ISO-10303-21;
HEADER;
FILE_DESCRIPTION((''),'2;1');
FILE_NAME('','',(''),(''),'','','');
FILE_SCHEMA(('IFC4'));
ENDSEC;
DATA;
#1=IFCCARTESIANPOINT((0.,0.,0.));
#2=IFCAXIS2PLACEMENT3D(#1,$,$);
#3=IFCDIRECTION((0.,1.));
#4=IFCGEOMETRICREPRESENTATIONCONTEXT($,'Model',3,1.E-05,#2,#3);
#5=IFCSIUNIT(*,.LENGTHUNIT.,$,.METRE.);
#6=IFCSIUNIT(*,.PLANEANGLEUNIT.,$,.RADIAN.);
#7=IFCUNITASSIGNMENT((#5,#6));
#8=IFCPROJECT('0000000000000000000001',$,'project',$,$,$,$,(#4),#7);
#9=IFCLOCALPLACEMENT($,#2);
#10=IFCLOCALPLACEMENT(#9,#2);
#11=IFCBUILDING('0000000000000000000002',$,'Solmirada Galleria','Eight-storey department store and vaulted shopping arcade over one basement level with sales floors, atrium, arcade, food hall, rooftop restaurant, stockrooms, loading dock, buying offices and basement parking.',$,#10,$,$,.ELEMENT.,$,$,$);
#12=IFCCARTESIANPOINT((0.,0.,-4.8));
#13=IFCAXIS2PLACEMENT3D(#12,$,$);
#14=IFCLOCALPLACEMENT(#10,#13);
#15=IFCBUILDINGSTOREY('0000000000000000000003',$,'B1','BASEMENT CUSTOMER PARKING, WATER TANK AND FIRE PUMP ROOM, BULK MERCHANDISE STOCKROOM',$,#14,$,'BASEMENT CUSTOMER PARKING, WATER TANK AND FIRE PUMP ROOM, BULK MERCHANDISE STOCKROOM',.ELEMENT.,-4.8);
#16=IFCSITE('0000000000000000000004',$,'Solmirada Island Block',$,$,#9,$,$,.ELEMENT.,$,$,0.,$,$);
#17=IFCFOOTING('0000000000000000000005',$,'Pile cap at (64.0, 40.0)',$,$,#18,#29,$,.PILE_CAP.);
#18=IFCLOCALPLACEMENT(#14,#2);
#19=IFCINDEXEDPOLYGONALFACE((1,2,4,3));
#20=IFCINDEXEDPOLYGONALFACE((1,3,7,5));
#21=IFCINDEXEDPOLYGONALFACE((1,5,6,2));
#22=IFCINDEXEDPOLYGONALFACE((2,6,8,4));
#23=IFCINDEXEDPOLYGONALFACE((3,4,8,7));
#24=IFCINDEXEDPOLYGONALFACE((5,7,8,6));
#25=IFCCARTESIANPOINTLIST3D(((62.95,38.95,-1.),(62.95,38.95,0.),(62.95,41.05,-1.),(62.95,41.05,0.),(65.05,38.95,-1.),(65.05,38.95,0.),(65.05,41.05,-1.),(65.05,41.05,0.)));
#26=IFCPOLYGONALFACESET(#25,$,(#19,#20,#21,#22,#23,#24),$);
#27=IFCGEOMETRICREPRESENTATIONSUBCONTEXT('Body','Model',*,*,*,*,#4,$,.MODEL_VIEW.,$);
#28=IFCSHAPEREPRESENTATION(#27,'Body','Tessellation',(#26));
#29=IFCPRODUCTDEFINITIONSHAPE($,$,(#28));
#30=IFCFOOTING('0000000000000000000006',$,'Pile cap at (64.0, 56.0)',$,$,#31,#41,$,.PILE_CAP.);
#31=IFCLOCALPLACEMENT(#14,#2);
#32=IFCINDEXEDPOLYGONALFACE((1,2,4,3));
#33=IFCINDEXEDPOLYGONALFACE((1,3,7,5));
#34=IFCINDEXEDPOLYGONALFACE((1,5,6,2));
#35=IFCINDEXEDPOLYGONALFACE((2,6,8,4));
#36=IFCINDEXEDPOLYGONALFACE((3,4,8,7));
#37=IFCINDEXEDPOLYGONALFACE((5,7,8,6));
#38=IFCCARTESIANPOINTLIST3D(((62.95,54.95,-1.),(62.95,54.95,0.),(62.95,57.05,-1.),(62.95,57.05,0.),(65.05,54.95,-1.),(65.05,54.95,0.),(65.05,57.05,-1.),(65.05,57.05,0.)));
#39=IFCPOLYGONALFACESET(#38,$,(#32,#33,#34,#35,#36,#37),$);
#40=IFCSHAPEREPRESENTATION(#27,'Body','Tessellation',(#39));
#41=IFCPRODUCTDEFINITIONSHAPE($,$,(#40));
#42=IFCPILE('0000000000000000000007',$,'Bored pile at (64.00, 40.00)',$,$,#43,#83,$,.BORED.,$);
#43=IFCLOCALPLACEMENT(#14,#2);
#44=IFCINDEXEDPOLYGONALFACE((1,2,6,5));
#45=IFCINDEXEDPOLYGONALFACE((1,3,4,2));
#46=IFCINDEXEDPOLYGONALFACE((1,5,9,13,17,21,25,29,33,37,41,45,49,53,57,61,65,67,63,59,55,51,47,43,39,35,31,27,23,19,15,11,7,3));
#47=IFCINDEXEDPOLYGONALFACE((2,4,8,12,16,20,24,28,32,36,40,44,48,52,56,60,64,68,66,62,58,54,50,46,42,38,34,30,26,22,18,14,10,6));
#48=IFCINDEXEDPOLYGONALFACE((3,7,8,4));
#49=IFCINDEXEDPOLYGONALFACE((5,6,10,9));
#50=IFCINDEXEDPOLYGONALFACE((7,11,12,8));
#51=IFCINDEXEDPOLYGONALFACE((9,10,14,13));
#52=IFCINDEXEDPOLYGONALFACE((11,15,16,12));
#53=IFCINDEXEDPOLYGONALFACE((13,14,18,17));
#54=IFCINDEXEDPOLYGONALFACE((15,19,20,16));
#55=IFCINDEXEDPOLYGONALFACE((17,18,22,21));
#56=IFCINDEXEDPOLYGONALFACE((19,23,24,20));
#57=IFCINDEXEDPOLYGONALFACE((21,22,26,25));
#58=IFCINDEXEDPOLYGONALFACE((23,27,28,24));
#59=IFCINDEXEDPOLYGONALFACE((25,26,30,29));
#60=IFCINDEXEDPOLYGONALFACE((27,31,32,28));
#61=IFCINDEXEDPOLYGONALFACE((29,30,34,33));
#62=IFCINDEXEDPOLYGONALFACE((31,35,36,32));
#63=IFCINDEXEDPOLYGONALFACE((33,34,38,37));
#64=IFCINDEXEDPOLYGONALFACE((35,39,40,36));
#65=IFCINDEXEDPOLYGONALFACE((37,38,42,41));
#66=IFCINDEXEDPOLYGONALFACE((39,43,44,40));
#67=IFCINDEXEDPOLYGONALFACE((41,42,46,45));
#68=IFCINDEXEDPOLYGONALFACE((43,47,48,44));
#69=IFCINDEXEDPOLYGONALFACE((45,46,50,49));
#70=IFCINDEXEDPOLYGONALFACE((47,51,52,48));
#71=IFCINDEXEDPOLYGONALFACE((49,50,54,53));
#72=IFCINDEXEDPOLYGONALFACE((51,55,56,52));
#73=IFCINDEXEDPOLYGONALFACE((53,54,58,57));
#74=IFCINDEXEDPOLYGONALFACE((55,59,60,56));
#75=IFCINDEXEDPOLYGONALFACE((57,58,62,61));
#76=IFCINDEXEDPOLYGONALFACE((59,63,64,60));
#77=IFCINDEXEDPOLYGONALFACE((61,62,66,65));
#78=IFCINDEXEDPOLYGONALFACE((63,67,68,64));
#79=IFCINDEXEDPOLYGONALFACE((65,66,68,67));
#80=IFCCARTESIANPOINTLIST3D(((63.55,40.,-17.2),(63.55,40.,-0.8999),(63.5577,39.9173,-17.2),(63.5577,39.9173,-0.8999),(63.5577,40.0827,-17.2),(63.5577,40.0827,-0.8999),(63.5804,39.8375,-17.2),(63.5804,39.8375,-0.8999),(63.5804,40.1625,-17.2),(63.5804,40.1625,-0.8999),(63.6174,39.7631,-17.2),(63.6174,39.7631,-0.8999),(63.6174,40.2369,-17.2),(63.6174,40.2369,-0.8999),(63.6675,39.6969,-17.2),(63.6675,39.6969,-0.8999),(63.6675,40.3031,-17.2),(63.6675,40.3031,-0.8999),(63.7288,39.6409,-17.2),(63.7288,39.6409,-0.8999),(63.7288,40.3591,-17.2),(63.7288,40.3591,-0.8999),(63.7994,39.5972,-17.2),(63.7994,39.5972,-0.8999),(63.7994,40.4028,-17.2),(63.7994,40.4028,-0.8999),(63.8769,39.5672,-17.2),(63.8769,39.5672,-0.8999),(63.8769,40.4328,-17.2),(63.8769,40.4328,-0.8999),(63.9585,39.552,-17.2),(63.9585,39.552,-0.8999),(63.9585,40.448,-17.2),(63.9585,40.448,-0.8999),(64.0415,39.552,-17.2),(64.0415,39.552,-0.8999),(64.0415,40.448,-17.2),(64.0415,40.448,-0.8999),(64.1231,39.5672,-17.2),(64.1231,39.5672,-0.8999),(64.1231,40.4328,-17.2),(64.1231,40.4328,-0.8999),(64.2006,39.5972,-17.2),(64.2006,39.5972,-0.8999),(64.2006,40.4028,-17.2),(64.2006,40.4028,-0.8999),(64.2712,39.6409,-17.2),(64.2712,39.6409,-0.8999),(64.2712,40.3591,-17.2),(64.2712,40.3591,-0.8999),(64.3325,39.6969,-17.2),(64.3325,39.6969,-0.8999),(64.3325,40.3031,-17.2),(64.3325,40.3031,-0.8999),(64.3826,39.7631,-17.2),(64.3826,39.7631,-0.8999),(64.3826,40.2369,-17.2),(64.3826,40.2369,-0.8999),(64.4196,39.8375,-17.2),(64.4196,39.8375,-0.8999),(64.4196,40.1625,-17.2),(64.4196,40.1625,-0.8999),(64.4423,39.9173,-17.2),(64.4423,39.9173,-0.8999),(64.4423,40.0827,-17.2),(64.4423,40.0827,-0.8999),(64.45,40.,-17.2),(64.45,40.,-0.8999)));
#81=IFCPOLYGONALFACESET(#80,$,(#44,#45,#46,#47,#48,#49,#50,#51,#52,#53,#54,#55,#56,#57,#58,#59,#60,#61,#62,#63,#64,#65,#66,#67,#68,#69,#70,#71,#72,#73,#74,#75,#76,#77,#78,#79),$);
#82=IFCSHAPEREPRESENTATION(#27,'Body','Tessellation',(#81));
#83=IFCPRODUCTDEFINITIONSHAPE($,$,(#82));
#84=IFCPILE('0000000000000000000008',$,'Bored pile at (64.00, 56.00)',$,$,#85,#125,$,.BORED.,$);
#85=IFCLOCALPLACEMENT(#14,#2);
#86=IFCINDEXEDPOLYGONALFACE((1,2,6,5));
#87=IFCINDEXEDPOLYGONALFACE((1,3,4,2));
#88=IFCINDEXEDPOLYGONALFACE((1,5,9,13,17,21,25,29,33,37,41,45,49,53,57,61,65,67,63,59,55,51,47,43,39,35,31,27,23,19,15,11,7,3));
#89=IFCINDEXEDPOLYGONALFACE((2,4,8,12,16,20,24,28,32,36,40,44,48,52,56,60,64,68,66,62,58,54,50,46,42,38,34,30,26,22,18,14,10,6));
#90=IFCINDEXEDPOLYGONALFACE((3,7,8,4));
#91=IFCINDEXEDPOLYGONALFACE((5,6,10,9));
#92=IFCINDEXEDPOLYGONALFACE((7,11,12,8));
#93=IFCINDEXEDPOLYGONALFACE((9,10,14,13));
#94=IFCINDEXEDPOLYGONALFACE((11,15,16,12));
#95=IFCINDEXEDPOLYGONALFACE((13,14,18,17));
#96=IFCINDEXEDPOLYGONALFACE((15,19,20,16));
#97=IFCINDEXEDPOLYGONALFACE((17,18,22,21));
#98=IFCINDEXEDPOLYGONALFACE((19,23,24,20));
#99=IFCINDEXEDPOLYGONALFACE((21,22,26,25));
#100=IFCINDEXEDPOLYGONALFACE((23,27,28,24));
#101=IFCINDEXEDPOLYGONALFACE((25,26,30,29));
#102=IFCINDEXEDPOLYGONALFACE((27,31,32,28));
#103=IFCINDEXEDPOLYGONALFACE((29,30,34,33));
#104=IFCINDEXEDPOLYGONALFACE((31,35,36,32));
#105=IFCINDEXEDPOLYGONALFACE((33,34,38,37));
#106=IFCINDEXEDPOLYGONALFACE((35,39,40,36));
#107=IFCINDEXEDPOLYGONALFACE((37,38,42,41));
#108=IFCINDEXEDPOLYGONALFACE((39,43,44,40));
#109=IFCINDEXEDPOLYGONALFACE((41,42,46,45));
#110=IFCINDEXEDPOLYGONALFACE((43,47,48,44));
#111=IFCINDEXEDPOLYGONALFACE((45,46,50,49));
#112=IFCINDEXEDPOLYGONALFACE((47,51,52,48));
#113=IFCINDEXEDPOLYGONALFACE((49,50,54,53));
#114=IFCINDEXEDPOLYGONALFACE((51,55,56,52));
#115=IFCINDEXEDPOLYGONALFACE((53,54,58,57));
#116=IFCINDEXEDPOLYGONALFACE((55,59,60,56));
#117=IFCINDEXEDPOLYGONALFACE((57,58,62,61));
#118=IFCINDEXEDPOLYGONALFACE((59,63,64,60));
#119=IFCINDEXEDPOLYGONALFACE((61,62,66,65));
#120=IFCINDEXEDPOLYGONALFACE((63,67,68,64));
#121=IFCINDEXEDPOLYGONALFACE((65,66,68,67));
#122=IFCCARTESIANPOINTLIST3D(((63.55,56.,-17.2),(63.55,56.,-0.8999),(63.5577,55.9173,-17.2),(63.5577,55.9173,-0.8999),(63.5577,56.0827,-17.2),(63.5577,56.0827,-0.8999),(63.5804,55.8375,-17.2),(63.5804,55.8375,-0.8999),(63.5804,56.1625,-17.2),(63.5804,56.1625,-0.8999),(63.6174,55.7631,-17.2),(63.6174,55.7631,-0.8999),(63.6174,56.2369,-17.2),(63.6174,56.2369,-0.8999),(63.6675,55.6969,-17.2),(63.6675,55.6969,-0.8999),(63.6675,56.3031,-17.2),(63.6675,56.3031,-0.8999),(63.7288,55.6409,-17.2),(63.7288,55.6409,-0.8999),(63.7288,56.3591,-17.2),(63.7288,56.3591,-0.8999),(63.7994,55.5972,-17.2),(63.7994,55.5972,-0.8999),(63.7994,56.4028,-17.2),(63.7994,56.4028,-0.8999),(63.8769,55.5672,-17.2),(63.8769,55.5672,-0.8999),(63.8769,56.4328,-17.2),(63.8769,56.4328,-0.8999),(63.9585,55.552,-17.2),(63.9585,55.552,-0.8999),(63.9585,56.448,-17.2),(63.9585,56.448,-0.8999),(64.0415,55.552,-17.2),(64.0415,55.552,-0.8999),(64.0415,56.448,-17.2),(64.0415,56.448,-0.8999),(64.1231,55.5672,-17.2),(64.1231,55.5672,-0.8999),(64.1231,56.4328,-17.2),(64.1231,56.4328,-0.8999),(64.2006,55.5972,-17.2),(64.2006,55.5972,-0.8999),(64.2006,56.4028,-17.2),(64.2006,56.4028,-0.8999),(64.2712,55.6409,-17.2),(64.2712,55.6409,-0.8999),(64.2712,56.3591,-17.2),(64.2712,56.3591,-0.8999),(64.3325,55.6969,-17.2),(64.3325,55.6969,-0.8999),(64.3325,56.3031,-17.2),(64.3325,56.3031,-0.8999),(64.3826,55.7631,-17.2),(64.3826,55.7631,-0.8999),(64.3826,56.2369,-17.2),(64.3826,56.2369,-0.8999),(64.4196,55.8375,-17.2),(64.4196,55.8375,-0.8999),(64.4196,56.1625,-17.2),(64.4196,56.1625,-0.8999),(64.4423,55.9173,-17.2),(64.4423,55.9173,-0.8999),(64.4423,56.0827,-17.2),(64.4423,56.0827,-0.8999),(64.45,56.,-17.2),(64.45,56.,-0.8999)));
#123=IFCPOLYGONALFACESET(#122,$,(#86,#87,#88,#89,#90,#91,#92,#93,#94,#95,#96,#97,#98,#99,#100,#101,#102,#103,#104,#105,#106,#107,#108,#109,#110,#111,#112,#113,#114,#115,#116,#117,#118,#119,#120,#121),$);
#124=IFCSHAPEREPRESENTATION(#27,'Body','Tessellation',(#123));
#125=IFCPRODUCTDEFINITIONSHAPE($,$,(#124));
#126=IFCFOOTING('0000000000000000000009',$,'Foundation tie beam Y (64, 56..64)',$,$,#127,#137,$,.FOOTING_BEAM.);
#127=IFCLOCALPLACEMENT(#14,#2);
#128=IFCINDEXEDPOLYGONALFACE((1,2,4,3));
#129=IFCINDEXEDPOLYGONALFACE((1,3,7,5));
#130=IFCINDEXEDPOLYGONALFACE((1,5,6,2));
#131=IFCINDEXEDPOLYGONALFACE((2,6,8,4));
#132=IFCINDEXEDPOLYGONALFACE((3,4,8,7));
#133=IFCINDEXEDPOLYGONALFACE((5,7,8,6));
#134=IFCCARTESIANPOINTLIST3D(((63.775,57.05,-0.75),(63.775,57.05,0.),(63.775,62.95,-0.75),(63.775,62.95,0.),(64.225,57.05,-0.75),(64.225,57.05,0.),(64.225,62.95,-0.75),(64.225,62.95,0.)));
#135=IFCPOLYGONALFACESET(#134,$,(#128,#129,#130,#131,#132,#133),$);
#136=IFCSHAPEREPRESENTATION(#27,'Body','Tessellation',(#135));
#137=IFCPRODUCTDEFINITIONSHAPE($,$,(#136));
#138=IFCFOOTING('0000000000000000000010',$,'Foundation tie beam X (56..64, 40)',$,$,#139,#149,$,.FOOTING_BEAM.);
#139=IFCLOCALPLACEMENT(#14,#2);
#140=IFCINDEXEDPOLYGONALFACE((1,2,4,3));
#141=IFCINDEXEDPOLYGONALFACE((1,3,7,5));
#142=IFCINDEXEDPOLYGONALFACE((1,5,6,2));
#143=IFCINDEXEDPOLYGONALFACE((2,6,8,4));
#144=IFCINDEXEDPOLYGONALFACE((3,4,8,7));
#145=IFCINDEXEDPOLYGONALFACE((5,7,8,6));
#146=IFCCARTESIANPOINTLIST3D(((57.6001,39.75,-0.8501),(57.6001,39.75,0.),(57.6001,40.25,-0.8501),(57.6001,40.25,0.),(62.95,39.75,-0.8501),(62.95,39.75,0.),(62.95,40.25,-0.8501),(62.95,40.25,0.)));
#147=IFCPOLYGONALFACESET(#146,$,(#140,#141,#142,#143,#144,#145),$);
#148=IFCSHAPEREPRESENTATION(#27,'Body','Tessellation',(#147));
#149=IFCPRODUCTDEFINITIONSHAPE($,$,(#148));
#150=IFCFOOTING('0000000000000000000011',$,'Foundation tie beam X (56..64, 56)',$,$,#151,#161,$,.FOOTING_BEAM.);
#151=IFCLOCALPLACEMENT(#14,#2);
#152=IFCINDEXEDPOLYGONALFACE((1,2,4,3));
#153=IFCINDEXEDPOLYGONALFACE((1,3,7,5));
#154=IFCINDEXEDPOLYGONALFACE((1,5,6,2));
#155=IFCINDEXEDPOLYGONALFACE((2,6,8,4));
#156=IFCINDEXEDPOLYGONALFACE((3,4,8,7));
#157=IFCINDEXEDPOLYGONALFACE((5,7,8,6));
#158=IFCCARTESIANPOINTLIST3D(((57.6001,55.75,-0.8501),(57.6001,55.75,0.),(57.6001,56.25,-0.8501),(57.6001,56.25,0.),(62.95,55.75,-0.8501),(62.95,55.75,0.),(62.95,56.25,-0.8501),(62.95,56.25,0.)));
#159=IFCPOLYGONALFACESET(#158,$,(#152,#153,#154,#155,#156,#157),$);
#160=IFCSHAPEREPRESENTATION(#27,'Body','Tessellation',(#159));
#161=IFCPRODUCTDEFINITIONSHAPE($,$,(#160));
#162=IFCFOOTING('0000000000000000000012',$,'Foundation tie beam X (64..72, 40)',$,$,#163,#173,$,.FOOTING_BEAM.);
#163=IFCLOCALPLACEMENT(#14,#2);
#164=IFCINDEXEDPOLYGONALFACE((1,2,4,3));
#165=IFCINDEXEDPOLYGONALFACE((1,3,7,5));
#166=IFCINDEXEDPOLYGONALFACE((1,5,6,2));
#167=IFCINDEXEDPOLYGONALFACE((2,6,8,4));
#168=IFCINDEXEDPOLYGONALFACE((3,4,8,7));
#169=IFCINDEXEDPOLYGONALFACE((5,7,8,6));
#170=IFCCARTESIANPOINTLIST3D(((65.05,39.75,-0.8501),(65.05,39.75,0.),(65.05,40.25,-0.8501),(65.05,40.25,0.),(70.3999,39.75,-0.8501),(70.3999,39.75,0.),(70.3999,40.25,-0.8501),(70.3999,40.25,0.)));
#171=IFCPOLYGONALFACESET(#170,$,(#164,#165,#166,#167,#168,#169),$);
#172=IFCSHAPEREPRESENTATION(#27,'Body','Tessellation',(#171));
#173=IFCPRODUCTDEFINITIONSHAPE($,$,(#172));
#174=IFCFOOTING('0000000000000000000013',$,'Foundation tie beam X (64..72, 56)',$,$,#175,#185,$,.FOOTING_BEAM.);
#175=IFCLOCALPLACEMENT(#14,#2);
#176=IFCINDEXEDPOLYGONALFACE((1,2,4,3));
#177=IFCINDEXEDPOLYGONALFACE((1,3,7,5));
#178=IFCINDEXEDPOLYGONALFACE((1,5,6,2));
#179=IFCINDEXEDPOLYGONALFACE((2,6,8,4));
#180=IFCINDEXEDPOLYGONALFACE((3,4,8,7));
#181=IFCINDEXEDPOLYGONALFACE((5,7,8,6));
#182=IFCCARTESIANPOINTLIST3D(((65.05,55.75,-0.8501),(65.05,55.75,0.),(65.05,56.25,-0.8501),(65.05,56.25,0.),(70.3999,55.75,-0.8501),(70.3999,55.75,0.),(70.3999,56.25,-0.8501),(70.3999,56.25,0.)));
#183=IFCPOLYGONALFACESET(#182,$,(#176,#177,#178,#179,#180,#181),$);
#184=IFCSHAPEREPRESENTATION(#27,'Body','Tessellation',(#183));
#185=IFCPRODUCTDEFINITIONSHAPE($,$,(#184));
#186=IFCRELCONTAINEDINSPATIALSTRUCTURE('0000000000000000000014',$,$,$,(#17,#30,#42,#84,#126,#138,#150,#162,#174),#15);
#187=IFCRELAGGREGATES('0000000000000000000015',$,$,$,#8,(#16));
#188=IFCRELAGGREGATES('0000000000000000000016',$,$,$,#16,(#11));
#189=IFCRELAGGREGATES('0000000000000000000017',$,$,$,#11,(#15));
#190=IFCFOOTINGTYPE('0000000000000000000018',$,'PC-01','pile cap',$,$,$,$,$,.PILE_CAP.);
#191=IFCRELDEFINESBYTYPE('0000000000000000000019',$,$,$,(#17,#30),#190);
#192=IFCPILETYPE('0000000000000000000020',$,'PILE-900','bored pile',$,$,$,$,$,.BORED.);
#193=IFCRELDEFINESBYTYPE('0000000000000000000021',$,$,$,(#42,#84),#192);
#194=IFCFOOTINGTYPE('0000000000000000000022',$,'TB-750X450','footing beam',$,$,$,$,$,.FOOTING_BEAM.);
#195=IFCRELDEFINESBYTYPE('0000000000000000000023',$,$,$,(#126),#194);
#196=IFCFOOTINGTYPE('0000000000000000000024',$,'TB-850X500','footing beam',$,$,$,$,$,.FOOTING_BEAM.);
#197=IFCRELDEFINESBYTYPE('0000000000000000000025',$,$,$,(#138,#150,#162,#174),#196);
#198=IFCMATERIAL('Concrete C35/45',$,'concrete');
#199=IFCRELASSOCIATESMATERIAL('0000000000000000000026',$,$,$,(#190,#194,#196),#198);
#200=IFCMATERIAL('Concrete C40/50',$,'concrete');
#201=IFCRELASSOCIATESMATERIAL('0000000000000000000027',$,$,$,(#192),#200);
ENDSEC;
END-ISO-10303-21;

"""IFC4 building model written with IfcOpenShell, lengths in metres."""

from ifc_helpers import new_model, si_unit, direction, frame, origin, origin_2d, place, context, subcontext, project, spatial, rectangle, circle, extrude, material, material_profile, profile_set, type_object, element, save


model = new_model("IFC4")

# Units and contexts
model_context = context("Model", 3, precision=1e-05, world=origin(), true_north=direction((0.0, 1.0)))
body_context = subcontext(model_context, "Body", "Model", "MODEL_VIEW")
ifc_project = project(units=[si_unit("LENGTHUNIT", "METRE"), si_unit("PLANEANGLEUNIT", "RADIAN")], contexts=[model_context])

# Site, building, storey
site_placement = place(None, origin())
site = spatial("IfcSite", under=ifc_project, at=site_placement, Name="Solmirada Island Block", CompositionType="ELEMENT", RefElevation=0.0)
building_placement = place(site_placement, origin())
building = spatial("IfcBuilding", under=site, at=building_placement, Name="Solmirada Galleria", Description="Eight-storey department store and vaulted shopping arcade over one basement level with sales floors, atrium, arcade, food hall, rooftop restaurant, stockrooms, loading dock, buying offices and basement parking.", CompositionType="ELEMENT")
storey_placement = place(building_placement, frame((0.0, 0.0, -4.8)))
storey = spatial("IfcBuildingStorey", under=building, at=storey_placement, Name="B1", Description="BASEMENT CUSTOMER PARKING, WATER TANK AND FIRE PUMP ROOM, BULK MERCHANDISE STOCKROOM", LongName="BASEMENT CUSTOMER PARKING, WATER TANK AND FIRE PUMP ROOM, BULK MERCHANDISE STOCKROOM", CompositionType="ELEMENT", Elevation=-4.8)

# Footings
ifc_material_1 = material(Name="Concrete C35/45", Category="concrete")
footing_type_1 = type_object("IfcFootingType", Name="PC-01", Description="pile cap", PredefinedType="PILE_CAP", material=ifc_material_1)
for number, where, z_axis, x_axis, name in (
    (1, (64.0, 40.0, -1.0), (0.0, 0.0, 1.0), (1.0, 0.0, 0.0), "Pile cap at (64.0, 40.0)"),
    (2, (64.0, 56.0, -1.0), (0.0, 0.0, 1.0), (1.0, 0.0, 0.0), "Pile cap at (64.0, 56.0)"),
):
    element("IfcFooting", number, at=place(storey_placement, frame(where, z_axis=z_axis, x_axis=x_axis)), inside=storey, type_object=footing_type_1, Name=name, PredefinedType="PILE_CAP", context=body_context, shape_type="SweptSolid", body=[
        extrude(rectangle(XDim=2.1001, YDim=2.1001, at=origin_2d()), origin(), (0.0, 0.0, 1.0), 1.0),
    ])

# Piles
ifc_material_2 = material(Name="Concrete C40/50", Category="concrete")
ifc_material_profile_1 = material_profile(ifc_material_2, circle(Radius=0.45, at=origin_2d()), Name="PILE900")
ifc_profile_set_1 = profile_set([ifc_material_profile_1], Name="Concrete C40/50")
pile_type = type_object("IfcPileType", Name="PILE-900", Description="bored pile", PredefinedType="BORED", material=ifc_profile_set_1)
for number, where, z_axis, x_axis, name in (
    (3, (64.0, 40.0, -0.8999), (0.0, 0.0, -1.0), (1.0, 0.0, 0.0), "Bored pile at (64.00, 40.00)"),
    (4, (64.0, 56.0, -0.8999), (0.0, 0.0, -1.0), (1.0, 0.0, 0.0), "Bored pile at (64.00, 56.00)"),
):
    element("IfcPile", number, at=place(storey_placement, frame(where, z_axis=z_axis, x_axis=x_axis)), inside=storey, type_object=pile_type, Name=name, PredefinedType="BORED", context=body_context, shape_type="SweptSolid", body=[
        extrude(circle(Radius=0.45, at=origin_2d()), origin(), (0.0, 0.0, 1.0), 16.3),
    ])

# Footings
ifc_material_profile_2 = material_profile(ifc_material_1, rectangle(XDim=0.45, YDim=0.75, at=origin_2d()), Name="RC750X450")
ifc_profile_set_2 = profile_set([ifc_material_profile_2], Name="Concrete C35/45")
footing_type_2 = type_object("IfcFootingType", Name="TB-750X450", Description="footing beam", PredefinedType="FOOTING_BEAM", material=ifc_profile_set_2)
footing_placement = place(storey_placement, frame((64.0, 57.05, -0.375), z_axis=(0.0, 1.0, 0.0), x_axis=(-1.0, 0.0, 0.0)))
element("IfcFooting", 5, at=footing_placement, inside=storey, type_object=footing_type_2, Name="Foundation tie beam Y (64, 56..64)", PredefinedType="FOOTING_BEAM", context=body_context, shape_type="SweptSolid", body=[
    extrude(rectangle(XDim=0.45, YDim=0.75, at=origin_2d()), origin(), (0.0, 0.0, 1.0), 5.8999),
])
ifc_material_profile_3 = material_profile(ifc_material_1, rectangle(XDim=0.5, YDim=0.8501, at=origin_2d()), Name="RC850X500")
ifc_profile_set_3 = profile_set([ifc_material_profile_3], Name="Concrete C35/45")
footing_type_3 = type_object("IfcFootingType", Name="TB-850X500", Description="footing beam", PredefinedType="FOOTING_BEAM", material=ifc_profile_set_3)
for number, where, z_axis, x_axis, name in (
    (6, (57.6001, 40.0, -0.425), (1.0, 0.0, 0.0), (0.0, 1.0, 0.0), "Foundation tie beam X (56..64, 40)"),
    (7, (57.6001, 56.0, -0.425), (1.0, 0.0, 0.0), (0.0, 1.0, 0.0), "Foundation tie beam X (56..64, 56)"),
    (8, (65.05, 40.0, -0.425), (1.0, 0.0, 0.0), (0.0, 1.0, 0.0), "Foundation tie beam X (64..72, 40)"),
    (9, (65.05, 56.0, -0.425), (1.0, 0.0, 0.0), (0.0, 1.0, 0.0), "Foundation tie beam X (64..72, 56)"),
):
    element("IfcFooting", number, at=place(storey_placement, frame(where, z_axis=z_axis, x_axis=x_axis)), inside=storey, type_object=footing_type_3, Name=name, PredefinedType="FOOTING_BEAM", context=body_context, shape_type="SweptSolid", body=[
        extrude(rectangle(XDim=0.5, YDim=0.8501, at=origin_2d()), origin(), (0.0, 0.0, 1.0), 5.3499),
    ])

save(model, "model.ifc")
